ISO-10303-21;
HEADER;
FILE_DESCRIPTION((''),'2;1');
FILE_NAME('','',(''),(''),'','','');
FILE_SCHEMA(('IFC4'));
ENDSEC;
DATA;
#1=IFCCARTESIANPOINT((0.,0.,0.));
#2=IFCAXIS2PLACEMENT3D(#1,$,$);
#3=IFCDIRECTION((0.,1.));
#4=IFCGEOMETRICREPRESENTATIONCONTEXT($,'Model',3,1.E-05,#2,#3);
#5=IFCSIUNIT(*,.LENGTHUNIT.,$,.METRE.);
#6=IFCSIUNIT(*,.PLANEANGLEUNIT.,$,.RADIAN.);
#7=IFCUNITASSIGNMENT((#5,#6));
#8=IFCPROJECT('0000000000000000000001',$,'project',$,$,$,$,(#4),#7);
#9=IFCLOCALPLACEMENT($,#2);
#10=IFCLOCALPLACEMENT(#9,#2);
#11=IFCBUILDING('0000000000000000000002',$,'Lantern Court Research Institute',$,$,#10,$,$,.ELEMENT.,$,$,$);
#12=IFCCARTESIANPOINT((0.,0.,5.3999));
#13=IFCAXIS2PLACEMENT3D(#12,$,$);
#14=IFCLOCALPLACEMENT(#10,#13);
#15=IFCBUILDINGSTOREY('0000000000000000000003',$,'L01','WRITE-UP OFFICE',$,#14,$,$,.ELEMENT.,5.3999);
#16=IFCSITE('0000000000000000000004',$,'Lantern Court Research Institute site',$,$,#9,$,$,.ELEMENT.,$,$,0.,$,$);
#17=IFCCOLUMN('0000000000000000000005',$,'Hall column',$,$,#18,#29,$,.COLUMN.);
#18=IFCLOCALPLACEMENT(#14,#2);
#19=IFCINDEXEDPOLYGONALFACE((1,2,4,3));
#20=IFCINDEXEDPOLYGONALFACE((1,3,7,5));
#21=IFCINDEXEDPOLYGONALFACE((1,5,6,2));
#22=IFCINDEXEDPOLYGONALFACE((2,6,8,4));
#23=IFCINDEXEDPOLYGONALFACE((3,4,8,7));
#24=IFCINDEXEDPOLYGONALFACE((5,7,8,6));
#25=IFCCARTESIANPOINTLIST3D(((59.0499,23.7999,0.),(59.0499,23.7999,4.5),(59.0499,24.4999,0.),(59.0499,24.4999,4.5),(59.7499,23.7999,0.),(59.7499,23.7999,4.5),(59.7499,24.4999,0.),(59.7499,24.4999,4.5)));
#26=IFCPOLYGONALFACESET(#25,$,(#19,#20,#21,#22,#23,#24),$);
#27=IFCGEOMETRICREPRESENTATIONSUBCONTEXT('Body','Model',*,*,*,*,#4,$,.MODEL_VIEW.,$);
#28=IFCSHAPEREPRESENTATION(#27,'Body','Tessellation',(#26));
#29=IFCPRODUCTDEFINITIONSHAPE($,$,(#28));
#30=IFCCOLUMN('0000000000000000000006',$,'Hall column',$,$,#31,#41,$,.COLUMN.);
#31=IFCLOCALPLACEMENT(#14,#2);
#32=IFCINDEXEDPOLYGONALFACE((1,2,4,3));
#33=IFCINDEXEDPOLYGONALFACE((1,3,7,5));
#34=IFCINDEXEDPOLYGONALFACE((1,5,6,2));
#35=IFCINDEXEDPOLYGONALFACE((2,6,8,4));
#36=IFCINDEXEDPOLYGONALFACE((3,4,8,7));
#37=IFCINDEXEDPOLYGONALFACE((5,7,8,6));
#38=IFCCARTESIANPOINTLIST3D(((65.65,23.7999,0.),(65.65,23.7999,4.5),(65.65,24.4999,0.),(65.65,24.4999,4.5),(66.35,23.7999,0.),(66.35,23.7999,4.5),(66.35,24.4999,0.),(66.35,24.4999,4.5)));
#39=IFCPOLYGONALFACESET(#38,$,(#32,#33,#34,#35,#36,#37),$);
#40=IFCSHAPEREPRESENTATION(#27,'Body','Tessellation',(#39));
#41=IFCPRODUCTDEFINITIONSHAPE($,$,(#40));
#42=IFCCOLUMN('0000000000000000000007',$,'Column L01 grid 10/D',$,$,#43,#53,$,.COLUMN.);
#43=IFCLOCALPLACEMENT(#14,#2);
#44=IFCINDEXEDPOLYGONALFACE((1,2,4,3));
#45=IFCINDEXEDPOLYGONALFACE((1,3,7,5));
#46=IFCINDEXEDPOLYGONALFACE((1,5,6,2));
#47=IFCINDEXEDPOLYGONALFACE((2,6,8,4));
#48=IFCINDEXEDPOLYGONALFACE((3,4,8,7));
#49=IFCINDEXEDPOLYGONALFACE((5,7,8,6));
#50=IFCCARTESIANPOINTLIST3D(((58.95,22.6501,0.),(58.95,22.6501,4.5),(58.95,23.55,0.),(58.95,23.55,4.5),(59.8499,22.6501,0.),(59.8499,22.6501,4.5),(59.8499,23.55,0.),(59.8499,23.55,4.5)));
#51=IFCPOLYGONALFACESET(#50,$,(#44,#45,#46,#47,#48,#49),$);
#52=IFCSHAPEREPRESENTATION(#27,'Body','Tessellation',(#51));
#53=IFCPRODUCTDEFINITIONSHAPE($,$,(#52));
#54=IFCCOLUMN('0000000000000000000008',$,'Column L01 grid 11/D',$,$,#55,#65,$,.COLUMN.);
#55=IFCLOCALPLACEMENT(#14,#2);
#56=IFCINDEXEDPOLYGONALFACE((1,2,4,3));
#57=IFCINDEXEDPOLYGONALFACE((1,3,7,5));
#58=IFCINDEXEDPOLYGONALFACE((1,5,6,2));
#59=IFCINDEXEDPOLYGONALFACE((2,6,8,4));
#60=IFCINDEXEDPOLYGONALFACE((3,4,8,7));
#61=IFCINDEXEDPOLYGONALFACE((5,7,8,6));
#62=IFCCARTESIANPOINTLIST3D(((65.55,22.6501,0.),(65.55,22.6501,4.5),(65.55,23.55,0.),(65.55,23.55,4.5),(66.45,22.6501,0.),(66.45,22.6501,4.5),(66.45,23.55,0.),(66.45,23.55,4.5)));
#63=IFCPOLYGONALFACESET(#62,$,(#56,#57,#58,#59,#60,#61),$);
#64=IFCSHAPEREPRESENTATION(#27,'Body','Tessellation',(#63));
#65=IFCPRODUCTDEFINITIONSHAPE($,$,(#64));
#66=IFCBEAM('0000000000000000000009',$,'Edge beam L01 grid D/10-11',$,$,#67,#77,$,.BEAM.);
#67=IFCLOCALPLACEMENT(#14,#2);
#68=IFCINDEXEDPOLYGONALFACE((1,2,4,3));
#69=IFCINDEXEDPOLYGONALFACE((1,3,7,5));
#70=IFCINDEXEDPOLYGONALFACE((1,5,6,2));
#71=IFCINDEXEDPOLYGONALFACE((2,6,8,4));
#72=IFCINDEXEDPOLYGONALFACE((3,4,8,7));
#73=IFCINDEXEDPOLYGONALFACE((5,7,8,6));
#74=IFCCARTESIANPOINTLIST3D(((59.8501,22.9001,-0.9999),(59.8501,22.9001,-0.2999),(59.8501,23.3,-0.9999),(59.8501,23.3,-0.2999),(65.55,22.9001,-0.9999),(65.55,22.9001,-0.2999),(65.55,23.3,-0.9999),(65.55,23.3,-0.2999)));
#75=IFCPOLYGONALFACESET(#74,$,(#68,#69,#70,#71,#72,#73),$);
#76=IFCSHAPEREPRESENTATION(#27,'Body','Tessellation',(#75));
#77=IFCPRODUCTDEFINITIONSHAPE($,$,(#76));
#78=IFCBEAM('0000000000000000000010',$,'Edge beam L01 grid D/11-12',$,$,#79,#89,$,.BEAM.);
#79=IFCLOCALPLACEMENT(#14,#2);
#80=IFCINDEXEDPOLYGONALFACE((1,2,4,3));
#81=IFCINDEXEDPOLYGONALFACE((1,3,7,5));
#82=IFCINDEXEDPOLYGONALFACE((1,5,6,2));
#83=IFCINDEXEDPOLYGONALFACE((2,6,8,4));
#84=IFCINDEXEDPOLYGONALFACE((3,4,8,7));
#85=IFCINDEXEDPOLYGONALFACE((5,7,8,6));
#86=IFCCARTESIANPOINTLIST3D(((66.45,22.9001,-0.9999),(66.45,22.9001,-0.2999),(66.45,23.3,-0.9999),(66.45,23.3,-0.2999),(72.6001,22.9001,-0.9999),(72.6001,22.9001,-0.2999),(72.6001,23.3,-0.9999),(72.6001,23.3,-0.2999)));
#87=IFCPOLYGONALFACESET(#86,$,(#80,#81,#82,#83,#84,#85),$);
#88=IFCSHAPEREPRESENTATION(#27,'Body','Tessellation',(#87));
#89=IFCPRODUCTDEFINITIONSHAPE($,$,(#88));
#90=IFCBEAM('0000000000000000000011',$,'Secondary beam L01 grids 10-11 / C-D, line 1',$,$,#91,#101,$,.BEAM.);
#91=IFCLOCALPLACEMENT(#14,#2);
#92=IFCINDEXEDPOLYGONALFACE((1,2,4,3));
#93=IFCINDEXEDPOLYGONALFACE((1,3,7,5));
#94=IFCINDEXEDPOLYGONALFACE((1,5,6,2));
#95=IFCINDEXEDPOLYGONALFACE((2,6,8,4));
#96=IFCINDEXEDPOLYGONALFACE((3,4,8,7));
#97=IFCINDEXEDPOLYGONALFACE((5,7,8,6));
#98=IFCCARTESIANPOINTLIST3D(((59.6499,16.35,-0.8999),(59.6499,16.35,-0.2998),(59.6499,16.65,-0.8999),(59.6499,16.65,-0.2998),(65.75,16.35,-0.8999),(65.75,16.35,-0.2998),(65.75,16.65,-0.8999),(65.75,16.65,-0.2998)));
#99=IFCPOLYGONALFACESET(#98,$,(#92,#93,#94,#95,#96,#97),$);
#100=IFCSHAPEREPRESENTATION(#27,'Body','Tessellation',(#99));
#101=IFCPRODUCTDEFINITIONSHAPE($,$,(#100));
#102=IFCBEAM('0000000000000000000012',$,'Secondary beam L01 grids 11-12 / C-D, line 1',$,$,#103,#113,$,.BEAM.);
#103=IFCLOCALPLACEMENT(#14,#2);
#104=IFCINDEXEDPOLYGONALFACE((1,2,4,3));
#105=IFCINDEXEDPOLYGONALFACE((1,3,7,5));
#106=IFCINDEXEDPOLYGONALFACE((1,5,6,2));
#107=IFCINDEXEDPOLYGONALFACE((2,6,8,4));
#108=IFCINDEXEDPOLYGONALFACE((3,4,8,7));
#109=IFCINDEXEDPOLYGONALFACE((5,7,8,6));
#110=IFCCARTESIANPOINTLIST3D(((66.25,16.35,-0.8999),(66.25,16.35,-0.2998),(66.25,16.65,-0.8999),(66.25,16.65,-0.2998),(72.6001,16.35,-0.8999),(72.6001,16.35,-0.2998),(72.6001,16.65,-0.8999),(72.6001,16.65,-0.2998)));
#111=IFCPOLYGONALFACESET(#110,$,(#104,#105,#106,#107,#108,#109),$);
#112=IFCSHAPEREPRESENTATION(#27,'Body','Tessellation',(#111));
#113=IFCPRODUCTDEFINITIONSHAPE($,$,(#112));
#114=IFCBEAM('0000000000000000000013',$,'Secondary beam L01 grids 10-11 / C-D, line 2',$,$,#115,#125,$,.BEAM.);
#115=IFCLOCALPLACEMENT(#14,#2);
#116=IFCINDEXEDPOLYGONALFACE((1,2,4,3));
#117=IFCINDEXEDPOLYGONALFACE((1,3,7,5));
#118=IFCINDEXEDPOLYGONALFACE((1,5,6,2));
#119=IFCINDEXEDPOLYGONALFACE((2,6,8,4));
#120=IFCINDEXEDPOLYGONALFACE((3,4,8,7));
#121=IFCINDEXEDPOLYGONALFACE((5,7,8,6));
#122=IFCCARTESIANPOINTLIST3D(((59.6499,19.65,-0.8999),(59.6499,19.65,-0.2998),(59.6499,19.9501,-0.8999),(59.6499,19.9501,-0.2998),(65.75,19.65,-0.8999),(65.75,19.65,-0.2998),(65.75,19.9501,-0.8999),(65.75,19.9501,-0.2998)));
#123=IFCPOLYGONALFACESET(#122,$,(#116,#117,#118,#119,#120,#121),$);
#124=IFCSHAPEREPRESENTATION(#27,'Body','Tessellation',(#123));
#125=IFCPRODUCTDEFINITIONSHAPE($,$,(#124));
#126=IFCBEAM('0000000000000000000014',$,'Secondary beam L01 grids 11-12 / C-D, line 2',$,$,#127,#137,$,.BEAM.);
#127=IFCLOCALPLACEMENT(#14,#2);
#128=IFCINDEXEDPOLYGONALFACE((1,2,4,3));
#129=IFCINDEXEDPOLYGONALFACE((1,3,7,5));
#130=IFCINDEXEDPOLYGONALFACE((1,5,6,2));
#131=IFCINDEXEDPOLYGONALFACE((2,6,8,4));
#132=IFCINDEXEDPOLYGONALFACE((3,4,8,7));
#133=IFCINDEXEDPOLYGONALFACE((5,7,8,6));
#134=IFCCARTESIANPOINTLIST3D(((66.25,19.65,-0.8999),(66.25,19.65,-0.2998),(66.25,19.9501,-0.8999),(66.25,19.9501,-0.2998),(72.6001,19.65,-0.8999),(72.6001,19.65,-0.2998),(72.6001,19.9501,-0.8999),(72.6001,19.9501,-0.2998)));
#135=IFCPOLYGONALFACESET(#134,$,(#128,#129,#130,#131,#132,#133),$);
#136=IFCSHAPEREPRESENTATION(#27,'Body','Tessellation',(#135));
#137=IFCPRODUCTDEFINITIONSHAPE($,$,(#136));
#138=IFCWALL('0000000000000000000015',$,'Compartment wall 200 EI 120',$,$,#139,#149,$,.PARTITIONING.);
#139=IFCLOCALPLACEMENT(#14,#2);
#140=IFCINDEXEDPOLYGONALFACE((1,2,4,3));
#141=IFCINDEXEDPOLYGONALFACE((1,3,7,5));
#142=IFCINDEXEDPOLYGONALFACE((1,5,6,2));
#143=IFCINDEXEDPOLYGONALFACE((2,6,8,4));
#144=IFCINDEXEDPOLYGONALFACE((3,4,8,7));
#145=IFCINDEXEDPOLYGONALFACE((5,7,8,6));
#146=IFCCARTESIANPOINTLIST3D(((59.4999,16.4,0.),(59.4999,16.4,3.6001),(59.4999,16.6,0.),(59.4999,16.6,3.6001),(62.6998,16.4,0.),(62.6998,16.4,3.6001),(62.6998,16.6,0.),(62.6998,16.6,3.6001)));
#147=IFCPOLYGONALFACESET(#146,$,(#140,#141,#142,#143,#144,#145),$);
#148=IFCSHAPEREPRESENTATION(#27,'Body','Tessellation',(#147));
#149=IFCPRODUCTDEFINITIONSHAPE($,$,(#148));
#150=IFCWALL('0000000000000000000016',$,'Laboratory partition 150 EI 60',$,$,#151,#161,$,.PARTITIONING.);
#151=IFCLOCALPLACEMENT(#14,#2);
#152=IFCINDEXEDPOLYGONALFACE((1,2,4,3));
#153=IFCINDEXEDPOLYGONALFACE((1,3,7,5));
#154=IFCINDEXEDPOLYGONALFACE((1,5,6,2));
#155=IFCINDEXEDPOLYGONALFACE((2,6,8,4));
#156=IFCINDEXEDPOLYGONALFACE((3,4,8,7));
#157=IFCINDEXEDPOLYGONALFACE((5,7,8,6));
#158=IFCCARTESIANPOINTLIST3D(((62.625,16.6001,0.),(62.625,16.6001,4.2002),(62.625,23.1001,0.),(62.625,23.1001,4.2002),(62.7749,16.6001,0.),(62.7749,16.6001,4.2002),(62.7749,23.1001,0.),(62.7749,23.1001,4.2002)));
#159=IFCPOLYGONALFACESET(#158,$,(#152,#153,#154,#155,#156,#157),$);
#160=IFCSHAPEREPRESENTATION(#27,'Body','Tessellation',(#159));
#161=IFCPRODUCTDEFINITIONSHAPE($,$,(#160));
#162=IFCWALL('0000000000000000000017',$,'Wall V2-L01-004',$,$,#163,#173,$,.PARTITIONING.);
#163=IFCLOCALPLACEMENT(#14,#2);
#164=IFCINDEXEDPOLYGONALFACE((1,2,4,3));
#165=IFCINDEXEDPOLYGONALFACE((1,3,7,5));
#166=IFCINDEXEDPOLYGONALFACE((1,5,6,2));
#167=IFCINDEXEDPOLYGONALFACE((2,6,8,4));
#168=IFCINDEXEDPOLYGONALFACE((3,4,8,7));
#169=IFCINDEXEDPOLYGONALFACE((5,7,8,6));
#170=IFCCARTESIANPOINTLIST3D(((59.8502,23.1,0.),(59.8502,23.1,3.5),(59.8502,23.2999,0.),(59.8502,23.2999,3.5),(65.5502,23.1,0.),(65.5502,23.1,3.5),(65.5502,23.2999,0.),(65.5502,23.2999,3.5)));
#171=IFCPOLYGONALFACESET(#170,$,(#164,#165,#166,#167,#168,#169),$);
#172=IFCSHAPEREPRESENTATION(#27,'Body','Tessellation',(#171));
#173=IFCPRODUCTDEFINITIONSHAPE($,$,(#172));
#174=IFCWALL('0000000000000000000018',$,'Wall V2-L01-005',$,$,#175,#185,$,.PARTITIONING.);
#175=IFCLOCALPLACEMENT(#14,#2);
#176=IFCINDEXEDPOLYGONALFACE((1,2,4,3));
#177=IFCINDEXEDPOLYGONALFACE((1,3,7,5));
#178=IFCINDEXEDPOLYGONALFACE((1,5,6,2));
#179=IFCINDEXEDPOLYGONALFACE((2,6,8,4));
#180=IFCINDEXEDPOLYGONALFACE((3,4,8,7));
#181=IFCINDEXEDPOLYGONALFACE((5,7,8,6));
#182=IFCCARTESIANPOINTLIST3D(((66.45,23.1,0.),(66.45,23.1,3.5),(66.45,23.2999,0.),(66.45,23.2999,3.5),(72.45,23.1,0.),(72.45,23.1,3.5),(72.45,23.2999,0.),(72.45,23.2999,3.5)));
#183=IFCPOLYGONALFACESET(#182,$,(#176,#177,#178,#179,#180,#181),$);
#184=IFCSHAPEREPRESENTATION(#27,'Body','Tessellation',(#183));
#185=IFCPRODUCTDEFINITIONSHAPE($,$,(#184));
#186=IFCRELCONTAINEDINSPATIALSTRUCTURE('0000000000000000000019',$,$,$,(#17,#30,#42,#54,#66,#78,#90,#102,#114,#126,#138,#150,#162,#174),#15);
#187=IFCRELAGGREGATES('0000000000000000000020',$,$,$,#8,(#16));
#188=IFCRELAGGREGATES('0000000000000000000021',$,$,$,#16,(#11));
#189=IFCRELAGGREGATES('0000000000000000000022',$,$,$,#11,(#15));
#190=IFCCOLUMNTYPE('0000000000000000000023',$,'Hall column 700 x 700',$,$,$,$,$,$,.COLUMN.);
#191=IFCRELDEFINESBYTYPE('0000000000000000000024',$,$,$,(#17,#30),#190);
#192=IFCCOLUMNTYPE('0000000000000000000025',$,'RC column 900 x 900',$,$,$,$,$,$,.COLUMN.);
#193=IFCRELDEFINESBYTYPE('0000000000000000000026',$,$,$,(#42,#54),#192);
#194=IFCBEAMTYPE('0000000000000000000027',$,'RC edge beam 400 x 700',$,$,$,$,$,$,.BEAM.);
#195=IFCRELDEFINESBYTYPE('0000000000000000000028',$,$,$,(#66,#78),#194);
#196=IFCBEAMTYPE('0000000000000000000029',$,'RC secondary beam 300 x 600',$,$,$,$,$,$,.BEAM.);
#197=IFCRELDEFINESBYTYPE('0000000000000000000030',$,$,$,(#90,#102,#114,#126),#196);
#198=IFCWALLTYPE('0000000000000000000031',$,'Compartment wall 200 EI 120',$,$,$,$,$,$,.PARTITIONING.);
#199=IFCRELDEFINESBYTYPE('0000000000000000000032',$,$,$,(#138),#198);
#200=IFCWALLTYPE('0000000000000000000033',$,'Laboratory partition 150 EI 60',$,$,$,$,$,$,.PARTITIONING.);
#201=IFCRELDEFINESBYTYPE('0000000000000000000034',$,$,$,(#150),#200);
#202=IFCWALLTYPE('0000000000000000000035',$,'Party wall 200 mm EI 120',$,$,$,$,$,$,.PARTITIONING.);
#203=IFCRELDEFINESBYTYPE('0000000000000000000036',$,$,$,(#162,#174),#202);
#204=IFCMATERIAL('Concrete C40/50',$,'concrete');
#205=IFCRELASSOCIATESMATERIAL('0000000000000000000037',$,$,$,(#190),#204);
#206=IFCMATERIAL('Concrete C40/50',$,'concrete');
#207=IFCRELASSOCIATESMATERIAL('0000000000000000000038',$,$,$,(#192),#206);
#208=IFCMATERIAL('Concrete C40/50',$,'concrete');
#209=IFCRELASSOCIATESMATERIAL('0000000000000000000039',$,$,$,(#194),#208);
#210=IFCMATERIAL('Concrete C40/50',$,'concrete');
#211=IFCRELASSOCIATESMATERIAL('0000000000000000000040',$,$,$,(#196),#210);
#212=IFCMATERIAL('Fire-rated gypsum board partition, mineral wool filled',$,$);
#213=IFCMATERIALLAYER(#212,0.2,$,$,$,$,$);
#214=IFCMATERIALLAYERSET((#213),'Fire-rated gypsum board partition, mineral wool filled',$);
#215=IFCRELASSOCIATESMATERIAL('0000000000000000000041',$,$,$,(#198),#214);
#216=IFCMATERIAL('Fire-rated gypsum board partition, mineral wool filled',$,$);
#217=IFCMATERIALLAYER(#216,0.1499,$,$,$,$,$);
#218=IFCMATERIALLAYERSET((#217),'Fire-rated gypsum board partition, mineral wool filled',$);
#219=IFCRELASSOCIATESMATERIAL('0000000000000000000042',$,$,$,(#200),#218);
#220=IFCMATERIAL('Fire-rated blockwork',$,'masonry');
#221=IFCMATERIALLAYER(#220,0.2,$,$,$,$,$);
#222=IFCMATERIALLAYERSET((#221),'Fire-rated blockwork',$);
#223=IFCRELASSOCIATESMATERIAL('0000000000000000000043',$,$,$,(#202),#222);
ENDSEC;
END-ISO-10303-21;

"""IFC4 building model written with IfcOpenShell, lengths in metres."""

from ifc_helpers import new_model, si_unit, direction, frame, frame_2d, origin, origin_2d, place, context, subcontext, project, spatial, rectangle, extrude, material, layer, layer_set, material_profile, profile_set, type_object, element, save


model = new_model("IFC4")

# Units and contexts
model_context = context("Model", 3, precision=1e-05, world=origin(), true_north=direction((0.0, 1.0)))
body_context = subcontext(model_context, "Body", "Model", "MODEL_VIEW")
ifc_project = project(units=[si_unit("LENGTHUNIT", "METRE"), si_unit("PLANEANGLEUNIT", "RADIAN")], contexts=[model_context])

# Site, building, storey
site_placement = place(None, origin())
site = spatial("IfcSite", under=ifc_project, at=site_placement, Name="Lantern Court Research Institute site", CompositionType="ELEMENT", RefElevation=0.0)
building_placement = place(site_placement, origin())
building = spatial("IfcBuilding", under=site, at=building_placement, Name="Lantern Court Research Institute", CompositionType="ELEMENT")
storey_placement = place(building_placement, frame((0.0, 0.0, 5.3999)))
storey = spatial("IfcBuildingStorey", under=building, at=storey_placement, Name="L01", Description="WRITE-UP OFFICE", CompositionType="ELEMENT", Elevation=5.3999)

# Columns
ifc_material_1 = material(Name="Concrete C40/50", Category="concrete")
ifc_material_profile_1 = material_profile(ifc_material_1, rectangle(XDim=0.7, YDim=0.7, at=origin_2d()), Name="Hall column 700 x 700")
ifc_profile_set_1 = profile_set([ifc_material_profile_1], Name="Concrete C40/50")
column_type_1 = type_object("IfcColumnType", Name="Hall column 700 x 700", PredefinedType="COLUMN", material=ifc_profile_set_1)
for number, where, z_axis, x_axis, name in (
    (1, (59.3999, 24.1499, 0.0), (0.0, 0.0, 1.0), (1.0, 0.0, 0.0), "Hall column"),
    (2, (66.0, 24.1499, 0.0), (0.0, 0.0, 1.0), (1.0, 0.0, 0.0), "Hall column"),
):
    element("IfcColumn", number, at=place(storey_placement, frame(where, z_axis=z_axis, x_axis=x_axis)), inside=storey, type_object=column_type_1, Name=name, PredefinedType="COLUMN", context=body_context, shape_type="SweptSolid", body=[
        extrude(rectangle(XDim=0.7, YDim=0.7, at=origin_2d()), origin(), (0.0, 0.0, 1.0), 4.5),
    ])
ifc_material_2 = material(Name="Concrete C40/50", Category="concrete")
ifc_material_profile_2 = material_profile(ifc_material_2, rectangle(XDim=0.8999, YDim=0.8999, at=origin_2d()), Name="RC column 900 x 900")
ifc_profile_set_2 = profile_set([ifc_material_profile_2], Name="Concrete C40/50")
column_type_2 = type_object("IfcColumnType", Name="RC column 900 x 900", PredefinedType="COLUMN", material=ifc_profile_set_2)
for number, where, z_axis, x_axis, name in (
    (3, (59.3999, 23.1001, 0.0), (0.0, 0.0, 1.0), (1.0, 0.0, 0.0), "Column L01 grid 10/D"),
    (4, (66.0, 23.1001, 0.0), (0.0, 0.0, 1.0), (1.0, 0.0, 0.0), "Column L01 grid 11/D"),
):
    element("IfcColumn", number, at=place(storey_placement, frame(where, z_axis=z_axis, x_axis=x_axis)), inside=storey, type_object=column_type_2, Name=name, PredefinedType="COLUMN", context=body_context, shape_type="SweptSolid", body=[
        extrude(rectangle(XDim=0.8999, YDim=0.8999, at=origin_2d()), origin(), (0.0, 0.0, 1.0), 4.5),
    ])

# Beams
ifc_material_3 = material(Name="Concrete C40/50", Category="concrete")
ifc_material_profile_3 = material_profile(ifc_material_3, rectangle(XDim=0.3999, YDim=0.7, at=origin_2d()), Name="RC beam 400 x 700")
ifc_profile_set_3 = profile_set([ifc_material_profile_3], Name="Concrete C40/50")
beam_type_1 = type_object("IfcBeamType", Name="RC edge beam 400 x 700", PredefinedType="BEAM", material=ifc_profile_set_3)
beam_1_placement = place(storey_placement, frame((59.8501, 23.1001, -0.6499), z_axis=(1.0, 0.0, 0.0), x_axis=(0.0, 1.0, 0.0)))
element("IfcBeam", 5, at=beam_1_placement, inside=storey, type_object=beam_type_1, Name="Edge beam L01 grid D/10-11", PredefinedType="BEAM", context=body_context, shape_type="SweptSolid", body=[
    extrude(rectangle(XDim=0.3999, YDim=0.7, at=origin_2d()), origin(), (0.0, 0.0, 1.0), 5.7),
])
beam_2_placement = place(storey_placement, frame((66.45, 23.1001, -0.6499), z_axis=(1.0, 0.0, 0.0), x_axis=(0.0, 1.0, 0.0)))
element("IfcBeam", 6, at=beam_2_placement, inside=storey, type_object=beam_type_1, Name="Edge beam L01 grid D/11-12", PredefinedType="BEAM", context=body_context, shape_type="SweptSolid", body=[
    extrude(rectangle(XDim=0.3999, YDim=0.7, at=origin_2d()), origin(), (0.0, 0.0, 1.0), 6.1501),
])
ifc_material_4 = material(Name="Concrete C40/50", Category="concrete")
ifc_material_profile_4 = material_profile(ifc_material_4, rectangle(XDim=0.3, YDim=0.6001, at=origin_2d()), Name="RC beam 300 x 600")
ifc_profile_set_4 = profile_set([ifc_material_profile_4], Name="Concrete C40/50")
beam_type_2 = type_object("IfcBeamType", Name="RC secondary beam 300 x 600", PredefinedType="BEAM", material=ifc_profile_set_4)
beam_3_placement = place(storey_placement, frame((59.6499, 16.5, -0.5999), z_axis=(1.0, 0.0, 0.0), x_axis=(0.0, 1.0, 0.0)))
element("IfcBeam", 7, at=beam_3_placement, inside=storey, type_object=beam_type_2, Name="Secondary beam L01 grids 10-11 / C-D, line 1", PredefinedType="BEAM", context=body_context, shape_type="SweptSolid", body=[
    extrude(rectangle(XDim=0.3, YDim=0.6001, at=origin_2d()), origin(), (0.0, 0.0, 1.0), 6.1001),
])
beam_4_placement = place(storey_placement, frame((66.25, 16.5, -0.5999), z_axis=(1.0, 0.0, 0.0), x_axis=(0.0, 1.0, 0.0)))
element("IfcBeam", 8, at=beam_4_placement, inside=storey, type_object=beam_type_2, Name="Secondary beam L01 grids 11-12 / C-D, line 1", PredefinedType="BEAM", context=body_context, shape_type="SweptSolid", body=[
    extrude(rectangle(XDim=0.3, YDim=0.6001, at=origin_2d()), origin(), (0.0, 0.0, 1.0), 6.3501),
])
beam_5_placement = place(storey_placement, frame((59.6499, 19.8, -0.5999), z_axis=(1.0, 0.0, 0.0), x_axis=(0.0, 1.0, 0.0)))
element("IfcBeam", 9, at=beam_5_placement, inside=storey, type_object=beam_type_2, Name="Secondary beam L01 grids 10-11 / C-D, line 2", PredefinedType="BEAM", context=body_context, shape_type="SweptSolid", body=[
    extrude(rectangle(XDim=0.3, YDim=0.6001, at=origin_2d()), origin(), (0.0, 0.0, 1.0), 6.1001),
])
beam_6_placement = place(storey_placement, frame((66.25, 19.8, -0.5999), z_axis=(1.0, 0.0, 0.0), x_axis=(0.0, 1.0, 0.0)))
element("IfcBeam", 10, at=beam_6_placement, inside=storey, type_object=beam_type_2, Name="Secondary beam L01 grids 11-12 / C-D, line 2", PredefinedType="BEAM", context=body_context, shape_type="SweptSolid", body=[
    extrude(rectangle(XDim=0.3, YDim=0.6001, at=origin_2d()), origin(), (0.0, 0.0, 1.0), 6.3501),
])

# Walls
ifc_material_5 = material(Name="Fire-rated gypsum board partition, mineral wool filled")
ifc_layer_1 = layer(ifc_material_5, 0.2)
ifc_layer_set_1 = layer_set([ifc_layer_1], Name="Fire-rated gypsum board partition, mineral wool filled")
wall_type_1 = type_object("IfcWallType", Name="Compartment wall 200 EI 120", PredefinedType="PARTITIONING", material=ifc_layer_set_1)
wall_1_placement = place(storey_placement, frame((62.7, 16.5, 0.0), z_axis=(0.0, 0.0, 1.0), x_axis=(-1.0, 0.0, 0.0)))
element("IfcWall", 11, at=wall_1_placement, inside=storey, type_object=wall_type_1, Name="Compartment wall 200 EI 120", PredefinedType="PARTITIONING", context=body_context, shape_type="SweptSolid", body=[
    extrude(rectangle(XDim=3.2, YDim=0.2, at=frame_2d((1.6001, 0.0))), origin(), (0.0, 0.0, 1.0), 3.6001),
])
ifc_material_6 = material(Name="Fire-rated gypsum board partition, mineral wool filled")
ifc_layer_2 = layer(ifc_material_6, 0.1499)
ifc_layer_set_2 = layer_set([ifc_layer_2], Name="Fire-rated gypsum board partition, mineral wool filled")
wall_type_2 = type_object("IfcWallType", Name="Laboratory partition 150 EI 60", PredefinedType="PARTITIONING", material=ifc_layer_set_2)
wall_2_placement = place(storey_placement, frame((62.7, 16.6001, 0.0), z_axis=(0.0, 0.0, 1.0), x_axis=(0.0, 1.0, 0.0)))
element("IfcWall", 12, at=wall_2_placement, inside=storey, type_object=wall_type_2, Name="Laboratory partition 150 EI 60", PredefinedType="PARTITIONING", context=body_context, shape_type="SweptSolid", body=[
    extrude(rectangle(XDim=6.5, YDim=0.1499, at=frame_2d((3.25, 0.0))), origin(), (0.0, 0.0, 1.0), 4.2002),
])
ifc_material_7 = material(Name="Fire-rated blockwork", Category="masonry")
ifc_layer_3 = layer(ifc_material_7, 0.2)
ifc_layer_set_3 = layer_set([ifc_layer_3], Name="Fire-rated blockwork")
wall_type_3 = type_object("IfcWallType", Name="Party wall 200 mm EI 120", PredefinedType="PARTITIONING", material=ifc_layer_set_3)
wall_3_placement = place(storey_placement, frame((59.8501, 23.2, 0.0), z_axis=(0.0, 0.0, 1.0), x_axis=(1.0, 0.0, 0.0)))
element("IfcWall", 13, at=wall_3_placement, inside=storey, type_object=wall_type_3, Name="Wall V2-L01-004", PredefinedType="PARTITIONING", context=body_context, shape_type="SweptSolid", body=[
    extrude(rectangle(XDim=5.7, YDim=0.2, at=frame_2d((2.8501, 0.0))), origin(), (0.0, 0.0, 1.0), 3.5),
])
wall_4_placement = place(storey_placement, frame((66.45, 23.2, 0.0), z_axis=(0.0, 0.0, 1.0), x_axis=(1.0, 0.0, 0.0)))
element("IfcWall", 14, at=wall_4_placement, inside=storey, type_object=wall_type_3, Name="Wall V2-L01-005", PredefinedType="PARTITIONING", context=body_context, shape_type="SweptSolid", body=[
    extrude(rectangle(XDim=6.0, YDim=0.2, at=frame_2d((3.0, 0.0))), origin(), (0.0, 0.0, 1.0), 3.5),
])

save(model, "model.ifc")
